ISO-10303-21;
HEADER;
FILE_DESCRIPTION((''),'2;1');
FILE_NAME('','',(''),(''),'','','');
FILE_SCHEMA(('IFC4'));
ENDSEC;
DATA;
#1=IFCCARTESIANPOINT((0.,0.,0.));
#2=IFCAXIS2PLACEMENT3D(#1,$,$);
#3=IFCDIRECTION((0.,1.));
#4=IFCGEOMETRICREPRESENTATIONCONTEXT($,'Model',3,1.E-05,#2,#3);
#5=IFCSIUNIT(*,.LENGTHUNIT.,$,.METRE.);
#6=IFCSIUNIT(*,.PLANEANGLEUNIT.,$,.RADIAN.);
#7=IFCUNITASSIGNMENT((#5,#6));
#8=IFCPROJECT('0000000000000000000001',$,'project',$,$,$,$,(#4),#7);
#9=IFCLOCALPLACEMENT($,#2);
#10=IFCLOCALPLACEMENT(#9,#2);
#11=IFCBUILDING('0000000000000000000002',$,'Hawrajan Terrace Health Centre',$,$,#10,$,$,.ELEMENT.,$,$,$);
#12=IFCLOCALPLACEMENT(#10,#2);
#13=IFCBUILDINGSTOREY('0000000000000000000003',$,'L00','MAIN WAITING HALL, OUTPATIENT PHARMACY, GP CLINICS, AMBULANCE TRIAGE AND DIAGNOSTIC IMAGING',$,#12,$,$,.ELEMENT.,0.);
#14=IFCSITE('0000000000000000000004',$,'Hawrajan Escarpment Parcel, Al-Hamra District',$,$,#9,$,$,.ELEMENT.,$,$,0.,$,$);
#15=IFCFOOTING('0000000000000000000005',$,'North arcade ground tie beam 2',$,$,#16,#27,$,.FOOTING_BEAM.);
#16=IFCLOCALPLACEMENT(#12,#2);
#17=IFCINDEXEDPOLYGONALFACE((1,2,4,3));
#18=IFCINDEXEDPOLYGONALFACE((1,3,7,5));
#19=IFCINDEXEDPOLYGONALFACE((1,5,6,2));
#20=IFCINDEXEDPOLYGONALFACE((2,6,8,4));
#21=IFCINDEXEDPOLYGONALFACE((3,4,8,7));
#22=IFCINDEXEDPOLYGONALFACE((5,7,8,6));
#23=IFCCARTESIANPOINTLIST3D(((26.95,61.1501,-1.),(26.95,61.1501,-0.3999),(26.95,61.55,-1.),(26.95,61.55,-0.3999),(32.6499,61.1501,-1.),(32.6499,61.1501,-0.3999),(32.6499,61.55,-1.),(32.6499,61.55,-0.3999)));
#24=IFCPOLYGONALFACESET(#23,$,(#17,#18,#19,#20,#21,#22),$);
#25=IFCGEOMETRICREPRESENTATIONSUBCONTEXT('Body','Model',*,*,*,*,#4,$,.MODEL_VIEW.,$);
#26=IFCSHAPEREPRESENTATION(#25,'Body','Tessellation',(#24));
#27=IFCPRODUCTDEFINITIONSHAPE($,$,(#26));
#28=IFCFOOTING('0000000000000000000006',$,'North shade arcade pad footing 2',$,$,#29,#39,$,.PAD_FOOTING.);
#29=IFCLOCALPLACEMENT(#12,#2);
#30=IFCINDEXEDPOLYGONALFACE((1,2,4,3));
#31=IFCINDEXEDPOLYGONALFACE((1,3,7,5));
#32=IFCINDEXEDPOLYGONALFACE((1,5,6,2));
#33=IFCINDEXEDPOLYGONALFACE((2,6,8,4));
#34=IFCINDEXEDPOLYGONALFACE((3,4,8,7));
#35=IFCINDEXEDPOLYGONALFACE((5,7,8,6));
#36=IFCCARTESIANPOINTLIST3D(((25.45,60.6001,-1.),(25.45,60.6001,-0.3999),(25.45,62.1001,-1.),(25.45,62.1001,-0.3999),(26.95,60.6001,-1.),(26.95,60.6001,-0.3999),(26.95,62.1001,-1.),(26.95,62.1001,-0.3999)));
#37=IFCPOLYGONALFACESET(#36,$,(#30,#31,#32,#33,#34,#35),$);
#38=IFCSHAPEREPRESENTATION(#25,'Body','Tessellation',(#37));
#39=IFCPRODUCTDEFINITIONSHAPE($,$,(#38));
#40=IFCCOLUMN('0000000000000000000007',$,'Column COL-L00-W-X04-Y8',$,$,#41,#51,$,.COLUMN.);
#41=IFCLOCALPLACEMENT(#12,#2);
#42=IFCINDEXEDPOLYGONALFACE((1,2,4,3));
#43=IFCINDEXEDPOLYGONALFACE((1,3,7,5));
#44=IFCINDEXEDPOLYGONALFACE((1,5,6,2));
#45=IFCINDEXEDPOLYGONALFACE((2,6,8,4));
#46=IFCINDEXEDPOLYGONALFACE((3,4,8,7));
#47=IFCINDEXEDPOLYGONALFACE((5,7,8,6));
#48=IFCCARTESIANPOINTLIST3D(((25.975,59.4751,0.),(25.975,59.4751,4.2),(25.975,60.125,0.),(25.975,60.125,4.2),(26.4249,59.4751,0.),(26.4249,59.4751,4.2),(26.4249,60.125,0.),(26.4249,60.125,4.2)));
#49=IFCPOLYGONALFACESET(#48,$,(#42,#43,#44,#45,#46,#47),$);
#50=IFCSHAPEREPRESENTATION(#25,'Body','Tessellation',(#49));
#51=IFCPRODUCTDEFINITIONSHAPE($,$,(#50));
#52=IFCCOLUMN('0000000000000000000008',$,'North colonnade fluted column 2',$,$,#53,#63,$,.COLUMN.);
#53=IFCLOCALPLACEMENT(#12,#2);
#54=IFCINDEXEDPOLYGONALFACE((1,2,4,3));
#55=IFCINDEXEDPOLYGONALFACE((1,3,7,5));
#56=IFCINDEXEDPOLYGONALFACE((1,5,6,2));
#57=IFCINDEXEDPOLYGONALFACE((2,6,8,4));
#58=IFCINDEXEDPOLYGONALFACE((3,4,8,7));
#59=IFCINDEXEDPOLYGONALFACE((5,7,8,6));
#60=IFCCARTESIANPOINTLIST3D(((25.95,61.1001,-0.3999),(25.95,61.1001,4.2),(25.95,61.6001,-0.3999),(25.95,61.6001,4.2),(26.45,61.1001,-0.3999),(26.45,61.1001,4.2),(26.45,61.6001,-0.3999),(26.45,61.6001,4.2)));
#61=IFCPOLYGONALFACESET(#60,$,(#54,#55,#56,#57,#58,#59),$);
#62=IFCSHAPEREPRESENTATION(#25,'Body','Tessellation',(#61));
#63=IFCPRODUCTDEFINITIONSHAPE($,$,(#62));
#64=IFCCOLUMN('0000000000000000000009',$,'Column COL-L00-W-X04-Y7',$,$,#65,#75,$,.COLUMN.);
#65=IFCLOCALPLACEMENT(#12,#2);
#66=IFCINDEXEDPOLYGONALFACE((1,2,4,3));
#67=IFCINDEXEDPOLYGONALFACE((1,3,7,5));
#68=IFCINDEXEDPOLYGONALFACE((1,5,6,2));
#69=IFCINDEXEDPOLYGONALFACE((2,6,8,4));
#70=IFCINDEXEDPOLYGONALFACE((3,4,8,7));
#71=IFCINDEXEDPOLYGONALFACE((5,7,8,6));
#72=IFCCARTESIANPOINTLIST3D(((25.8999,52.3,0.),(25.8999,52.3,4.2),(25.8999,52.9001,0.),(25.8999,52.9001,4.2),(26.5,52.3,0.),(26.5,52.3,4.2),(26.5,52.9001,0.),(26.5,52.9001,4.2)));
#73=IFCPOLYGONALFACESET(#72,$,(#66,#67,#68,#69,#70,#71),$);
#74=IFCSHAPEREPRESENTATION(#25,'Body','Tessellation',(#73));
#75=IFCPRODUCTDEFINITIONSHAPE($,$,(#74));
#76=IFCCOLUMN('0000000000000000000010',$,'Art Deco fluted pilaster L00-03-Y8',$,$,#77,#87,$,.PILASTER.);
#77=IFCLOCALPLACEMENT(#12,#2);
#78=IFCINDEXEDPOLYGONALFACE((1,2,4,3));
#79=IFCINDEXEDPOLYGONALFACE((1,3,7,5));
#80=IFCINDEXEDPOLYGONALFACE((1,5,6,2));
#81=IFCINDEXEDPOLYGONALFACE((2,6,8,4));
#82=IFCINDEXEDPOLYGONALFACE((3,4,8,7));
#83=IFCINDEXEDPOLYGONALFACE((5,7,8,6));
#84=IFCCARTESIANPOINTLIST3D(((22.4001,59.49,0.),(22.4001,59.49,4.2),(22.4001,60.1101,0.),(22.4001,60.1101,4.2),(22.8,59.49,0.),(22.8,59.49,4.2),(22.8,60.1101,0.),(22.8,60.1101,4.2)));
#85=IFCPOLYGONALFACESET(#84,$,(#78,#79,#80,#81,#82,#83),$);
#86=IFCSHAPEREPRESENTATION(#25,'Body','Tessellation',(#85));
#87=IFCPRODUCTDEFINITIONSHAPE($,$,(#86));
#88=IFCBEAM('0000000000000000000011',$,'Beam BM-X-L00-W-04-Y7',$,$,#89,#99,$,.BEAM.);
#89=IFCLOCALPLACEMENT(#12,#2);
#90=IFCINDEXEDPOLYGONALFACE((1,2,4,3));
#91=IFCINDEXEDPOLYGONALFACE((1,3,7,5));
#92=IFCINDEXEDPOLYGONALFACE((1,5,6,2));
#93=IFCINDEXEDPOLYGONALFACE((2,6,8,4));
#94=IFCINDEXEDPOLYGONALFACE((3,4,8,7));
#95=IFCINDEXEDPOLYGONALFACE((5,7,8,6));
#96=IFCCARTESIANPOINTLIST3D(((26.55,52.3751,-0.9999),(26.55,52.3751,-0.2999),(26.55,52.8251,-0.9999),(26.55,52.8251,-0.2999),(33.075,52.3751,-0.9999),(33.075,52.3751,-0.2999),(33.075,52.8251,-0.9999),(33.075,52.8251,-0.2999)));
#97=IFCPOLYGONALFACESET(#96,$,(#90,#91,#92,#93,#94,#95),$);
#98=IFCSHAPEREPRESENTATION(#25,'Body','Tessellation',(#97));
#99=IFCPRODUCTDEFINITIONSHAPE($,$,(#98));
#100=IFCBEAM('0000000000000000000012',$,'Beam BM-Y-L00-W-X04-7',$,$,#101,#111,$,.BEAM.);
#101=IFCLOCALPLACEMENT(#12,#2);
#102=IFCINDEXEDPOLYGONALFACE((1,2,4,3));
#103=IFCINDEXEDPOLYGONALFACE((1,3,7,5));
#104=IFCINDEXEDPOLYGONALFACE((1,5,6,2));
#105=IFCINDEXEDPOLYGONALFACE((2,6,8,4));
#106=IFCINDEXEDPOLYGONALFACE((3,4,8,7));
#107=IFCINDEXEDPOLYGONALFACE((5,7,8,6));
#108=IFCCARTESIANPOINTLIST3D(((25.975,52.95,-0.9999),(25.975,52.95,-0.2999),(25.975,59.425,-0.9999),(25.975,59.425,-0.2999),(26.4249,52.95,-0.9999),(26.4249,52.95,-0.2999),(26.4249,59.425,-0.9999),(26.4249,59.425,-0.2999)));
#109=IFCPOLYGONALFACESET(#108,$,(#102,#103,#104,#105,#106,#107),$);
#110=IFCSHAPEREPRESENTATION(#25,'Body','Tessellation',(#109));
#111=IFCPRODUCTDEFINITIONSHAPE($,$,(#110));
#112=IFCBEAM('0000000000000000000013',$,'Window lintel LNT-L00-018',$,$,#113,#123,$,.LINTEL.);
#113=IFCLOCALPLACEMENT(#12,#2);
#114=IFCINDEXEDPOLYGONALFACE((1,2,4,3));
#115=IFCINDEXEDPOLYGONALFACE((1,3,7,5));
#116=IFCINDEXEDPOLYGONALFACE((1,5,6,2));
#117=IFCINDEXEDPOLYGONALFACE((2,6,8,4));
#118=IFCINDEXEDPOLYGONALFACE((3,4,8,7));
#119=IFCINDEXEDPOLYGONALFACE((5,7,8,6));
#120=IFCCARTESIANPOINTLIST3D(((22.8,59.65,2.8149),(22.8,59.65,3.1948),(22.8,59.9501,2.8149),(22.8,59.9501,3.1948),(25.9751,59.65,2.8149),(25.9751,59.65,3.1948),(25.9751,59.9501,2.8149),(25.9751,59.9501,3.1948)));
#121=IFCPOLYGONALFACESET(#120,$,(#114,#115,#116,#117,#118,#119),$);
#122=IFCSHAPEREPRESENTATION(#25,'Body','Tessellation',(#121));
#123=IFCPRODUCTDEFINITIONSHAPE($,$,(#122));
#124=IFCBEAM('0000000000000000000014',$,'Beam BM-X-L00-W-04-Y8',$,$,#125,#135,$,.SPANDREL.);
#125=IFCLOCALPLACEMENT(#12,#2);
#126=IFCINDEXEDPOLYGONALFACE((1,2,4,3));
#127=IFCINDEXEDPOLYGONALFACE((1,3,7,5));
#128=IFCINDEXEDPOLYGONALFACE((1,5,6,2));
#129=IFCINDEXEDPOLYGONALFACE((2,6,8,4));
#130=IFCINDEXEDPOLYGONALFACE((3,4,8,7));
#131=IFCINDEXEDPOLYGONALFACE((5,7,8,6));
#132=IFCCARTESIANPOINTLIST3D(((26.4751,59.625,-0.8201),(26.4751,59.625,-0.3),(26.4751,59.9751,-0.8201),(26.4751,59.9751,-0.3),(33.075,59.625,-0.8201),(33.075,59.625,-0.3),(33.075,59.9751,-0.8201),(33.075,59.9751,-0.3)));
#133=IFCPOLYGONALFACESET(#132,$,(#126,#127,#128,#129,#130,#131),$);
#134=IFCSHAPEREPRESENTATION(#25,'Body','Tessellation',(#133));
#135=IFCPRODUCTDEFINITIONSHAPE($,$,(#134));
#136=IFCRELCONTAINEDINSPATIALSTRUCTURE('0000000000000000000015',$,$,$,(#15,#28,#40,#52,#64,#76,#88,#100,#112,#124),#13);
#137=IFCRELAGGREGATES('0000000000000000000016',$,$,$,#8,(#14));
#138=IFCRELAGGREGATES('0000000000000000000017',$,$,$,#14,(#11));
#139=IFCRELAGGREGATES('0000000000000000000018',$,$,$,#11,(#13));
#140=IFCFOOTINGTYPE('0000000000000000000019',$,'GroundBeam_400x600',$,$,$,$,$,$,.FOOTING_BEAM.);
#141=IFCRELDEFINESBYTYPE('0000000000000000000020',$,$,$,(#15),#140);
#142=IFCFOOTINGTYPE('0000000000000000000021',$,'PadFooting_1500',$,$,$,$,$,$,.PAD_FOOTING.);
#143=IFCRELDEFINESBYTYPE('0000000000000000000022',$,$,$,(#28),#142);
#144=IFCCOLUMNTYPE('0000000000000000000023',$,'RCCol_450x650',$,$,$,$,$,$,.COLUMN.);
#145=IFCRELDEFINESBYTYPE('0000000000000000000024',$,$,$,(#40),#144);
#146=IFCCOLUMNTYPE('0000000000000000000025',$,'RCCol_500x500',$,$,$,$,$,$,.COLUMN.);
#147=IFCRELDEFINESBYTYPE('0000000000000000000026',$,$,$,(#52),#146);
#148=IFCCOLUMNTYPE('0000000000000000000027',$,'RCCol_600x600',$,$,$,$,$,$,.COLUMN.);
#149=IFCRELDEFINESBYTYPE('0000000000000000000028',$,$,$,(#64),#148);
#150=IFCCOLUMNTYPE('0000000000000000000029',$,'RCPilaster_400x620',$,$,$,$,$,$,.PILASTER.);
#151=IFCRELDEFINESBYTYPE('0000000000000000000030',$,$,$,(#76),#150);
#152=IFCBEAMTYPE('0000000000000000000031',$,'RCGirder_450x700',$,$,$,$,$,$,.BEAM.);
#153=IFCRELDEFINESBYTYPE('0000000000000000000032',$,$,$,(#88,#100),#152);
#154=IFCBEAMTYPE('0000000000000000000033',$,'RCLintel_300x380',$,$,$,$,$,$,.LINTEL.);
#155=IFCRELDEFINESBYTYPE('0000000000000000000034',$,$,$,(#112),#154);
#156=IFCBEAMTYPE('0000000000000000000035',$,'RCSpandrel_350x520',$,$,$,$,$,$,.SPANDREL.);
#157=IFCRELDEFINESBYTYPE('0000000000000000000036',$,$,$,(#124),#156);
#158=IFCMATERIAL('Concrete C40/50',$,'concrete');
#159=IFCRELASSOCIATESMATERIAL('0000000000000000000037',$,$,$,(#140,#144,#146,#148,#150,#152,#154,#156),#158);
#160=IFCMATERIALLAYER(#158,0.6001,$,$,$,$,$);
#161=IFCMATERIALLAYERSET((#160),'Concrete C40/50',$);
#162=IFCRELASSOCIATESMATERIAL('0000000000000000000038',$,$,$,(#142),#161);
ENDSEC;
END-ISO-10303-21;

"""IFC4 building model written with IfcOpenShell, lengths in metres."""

from ifc_helpers import new_model, si_unit, direction, frame, origin, origin_2d, place, context, subcontext, project, spatial, rectangle, extrude, material, layer, layer_set, material_profile, profile_set, type_object, element, save


model = new_model("IFC4")

# Units and contexts
model_context = context("Model", 3, precision=1e-05, world=origin(), true_north=direction((0.0, 1.0)))
body_context = subcontext(model_context, "Body", "Model", "MODEL_VIEW")
ifc_project = project(units=[si_unit("LENGTHUNIT", "METRE"), si_unit("PLANEANGLEUNIT", "RADIAN")], contexts=[model_context])

# Site, building, storey
site_placement = place(None, origin())
site = spatial("IfcSite", under=ifc_project, at=site_placement, Name="Hawrajan Escarpment Parcel, Al-Hamra District", CompositionType="ELEMENT", RefElevation=0.0)
building_placement = place(site_placement, origin())
building = spatial("IfcBuilding", under=site, at=building_placement, Name="Hawrajan Terrace Health Centre", CompositionType="ELEMENT")
storey_placement = place(building_placement, origin())
storey = spatial("IfcBuildingStorey", under=building, at=storey_placement, Name="L00", Description="MAIN WAITING HALL, OUTPATIENT PHARMACY, GP CLINICS, AMBULANCE TRIAGE AND DIAGNOSTIC IMAGING", CompositionType="ELEMENT", Elevation=0.0)

# Footings
ifc_material_1 = material(Name="Concrete C40/50", Category="concrete")
ifc_material_profile_1 = material_profile(ifc_material_1, rectangle(XDim=0.3999, YDim=0.6001, at=origin_2d()), Name="RC BM 400x600")
ifc_profile_set_1 = profile_set([ifc_material_profile_1], Name="Concrete C40/50")
footing_type_1 = type_object("IfcFootingType", Name="GroundBeam_400x600", PredefinedType="FOOTING_BEAM", material=ifc_profile_set_1)
footing_1_placement = place(storey_placement, frame((26.95, 61.3501, -0.7), z_axis=(1.0, 0.0, 0.0), x_axis=(0.0, 1.0, 0.0)))
element("IfcFooting", 1, at=footing_1_placement, inside=storey, type_object=footing_type_1, Name="North arcade ground tie beam 2", PredefinedType="FOOTING_BEAM", context=body_context, shape_type="SweptSolid", body=[
    extrude(rectangle(XDim=0.3999, YDim=0.6001, at=origin_2d()), origin(), (0.0, 0.0, 1.0), 5.7),
])
ifc_layer_1 = layer(ifc_material_1, 0.6001)
ifc_layer_set_1 = layer_set([ifc_layer_1], Name="Concrete C40/50")
footing_type_2 = type_object("IfcFootingType", Name="PadFooting_1500", PredefinedType="PAD_FOOTING", material=ifc_layer_set_1)
footing_2_placement = place(storey_placement, frame((26.2, 61.3501, -1.0), z_axis=(0.0, 0.0, 1.0), x_axis=(1.0, 0.0, 0.0)))
element("IfcFooting", 2, at=footing_2_placement, inside=storey, type_object=footing_type_2, Name="North shade arcade pad footing 2", PredefinedType="PAD_FOOTING", context=body_context, shape_type="SweptSolid", body=[
    extrude(rectangle(XDim=1.5, YDim=1.5, at=origin_2d()), origin(), (0.0, 0.0, 1.0), 0.6001),
])

# Columns
ifc_material_profile_2 = material_profile(ifc_material_1, rectangle(XDim=0.45, YDim=0.6499, at=origin_2d()), Name="RC 450x650")
ifc_profile_set_2 = profile_set([ifc_material_profile_2], Name="Concrete C40/50")
column_type_1 = type_object("IfcColumnType", Name="RCCol_450x650", PredefinedType="COLUMN", material=ifc_profile_set_2)
column_1_placement = place(storey_placement, frame((26.2, 59.8, 0.0), z_axis=(0.0, 0.0, 1.0), x_axis=(1.0, 0.0, 0.0)))
element("IfcColumn", 3, at=column_1_placement, inside=storey, type_object=column_type_1, Name="Column COL-L00-W-X04-Y8", PredefinedType="COLUMN", context=body_context, shape_type="SweptSolid", body=[
    extrude(rectangle(XDim=0.45, YDim=0.6499, at=origin_2d()), origin(), (0.0, 0.0, 1.0), 4.2),
])
ifc_material_profile_3 = material_profile(ifc_material_1, rectangle(XDim=0.5, YDim=0.5, at=origin_2d()), Name="RC 500x500")
ifc_profile_set_3 = profile_set([ifc_material_profile_3], Name="Concrete C40/50")
column_type_2 = type_object("IfcColumnType", Name="RCCol_500x500", PredefinedType="COLUMN", material=ifc_profile_set_3)
column_2_placement = place(storey_placement, frame((26.2, 61.3501, -0.3999), z_axis=(0.0, 0.0, 1.0), x_axis=(1.0, 0.0, 0.0)))
element("IfcColumn", 4, at=column_2_placement, inside=storey, type_object=column_type_2, Name="North colonnade fluted column 2", PredefinedType="COLUMN", context=body_context, shape_type="SweptSolid", body=[
    extrude(rectangle(XDim=0.5, YDim=0.5, at=origin_2d()), origin(), (0.0, 0.0, 1.0), 4.5999),
])
ifc_material_profile_4 = material_profile(ifc_material_1, rectangle(XDim=0.6001, YDim=0.6001, at=origin_2d()), Name="RC 600x600")
ifc_profile_set_4 = profile_set([ifc_material_profile_4], Name="Concrete C40/50")
column_type_3 = type_object("IfcColumnType", Name="RCCol_600x600", PredefinedType="COLUMN", material=ifc_profile_set_4)
column_3_placement = place(storey_placement, frame((26.2, 52.6001, 0.0), z_axis=(0.0, 0.0, 1.0), x_axis=(1.0, 0.0, 0.0)))
element("IfcColumn", 5, at=column_3_placement, inside=storey, type_object=column_type_3, Name="Column COL-L00-W-X04-Y7", PredefinedType="COLUMN", context=body_context, shape_type="SweptSolid", body=[
    extrude(rectangle(XDim=0.6001, YDim=0.6001, at=origin_2d()), origin(), (0.0, 0.0, 1.0), 4.2),
])
ifc_material_profile_5 = material_profile(ifc_material_1, rectangle(XDim=0.3999, YDim=0.6201, at=origin_2d()), Name="RC PIL 400x620")
ifc_profile_set_5 = profile_set([ifc_material_profile_5], Name="Concrete C40/50")
column_type_4 = type_object("IfcColumnType", Name="RCPilaster_400x620", PredefinedType="PILASTER", material=ifc_profile_set_5)
column_4_placement = place(storey_placement, frame((22.6001, 59.8, 0.0), z_axis=(0.0, 0.0, 1.0), x_axis=(1.0, 0.0, 0.0)))
element("IfcColumn", 6, at=column_4_placement, inside=storey, type_object=column_type_4, Name="Art Deco fluted pilaster L00-03-Y8", PredefinedType="PILASTER", context=body_context, shape_type="SweptSolid", body=[
    extrude(rectangle(XDim=0.3999, YDim=0.6201, at=origin_2d()), origin(), (0.0, 0.0, 1.0), 4.2),
])

# Beams
ifc_material_profile_6 = material_profile(ifc_material_1, rectangle(XDim=0.45, YDim=0.7, at=origin_2d()), Name="RC BM 450x700")
ifc_profile_set_6 = profile_set([ifc_material_profile_6], Name="Concrete C40/50")
beam_type_1 = type_object("IfcBeamType", Name="RCGirder_450x700", PredefinedType="BEAM", material=ifc_profile_set_6)
beam_1_placement = place(storey_placement, frame((26.55, 52.6001, -0.6499), z_axis=(1.0, 0.0, 0.0), x_axis=(0.0, 1.0, 0.0)))
element("IfcBeam", 7, at=beam_1_placement, inside=storey, type_object=beam_type_1, Name="Beam BM-X-L00-W-04-Y7", PredefinedType="BEAM", context=body_context, shape_type="SweptSolid", body=[
    extrude(rectangle(XDim=0.45, YDim=0.7, at=origin_2d()), origin(), (0.0, 0.0, 1.0), 6.5249),
])
beam_2_placement = place(storey_placement, frame((26.2, 52.95, -0.6499), z_axis=(0.0, 1.0, 0.0), x_axis=(-1.0, 0.0, 0.0)))
element("IfcBeam", 8, at=beam_2_placement, inside=storey, type_object=beam_type_1, Name="Beam BM-Y-L00-W-X04-7", PredefinedType="BEAM", context=body_context, shape_type="SweptSolid", body=[
    extrude(rectangle(XDim=0.45, YDim=0.7, at=origin_2d()), origin(), (0.0, 0.0, 1.0), 6.4751),
])
ifc_material_profile_7 = material_profile(ifc_material_1, rectangle(XDim=0.3, YDim=0.3799, at=origin_2d()), Name="RC LN 300x380")
ifc_profile_set_7 = profile_set([ifc_material_profile_7], Name="Concrete C40/50")
beam_type_2 = type_object("IfcBeamType", Name="RCLintel_300x380", PredefinedType="LINTEL", material=ifc_profile_set_7)
beam_3_placement = place(storey_placement, frame((22.8, 59.8, 3.0049), z_axis=(1.0, 0.0, 0.0), x_axis=(0.0, 1.0, 0.0)))
element("IfcBeam", 9, at=beam_3_placement, inside=storey, type_object=beam_type_2, Name="Window lintel LNT-L00-018", PredefinedType="LINTEL", context=body_context, shape_type="SweptSolid", body=[
    extrude(rectangle(XDim=0.3, YDim=0.3799, at=origin_2d()), origin(), (0.0, 0.0, 1.0), 3.175),
])
ifc_material_profile_8 = material_profile(ifc_material_1, rectangle(XDim=0.3501, YDim=0.52, at=origin_2d()), Name="RC SP 350x520")
ifc_profile_set_8 = profile_set([ifc_material_profile_8], Name="Concrete C40/50")
beam_type_3 = type_object("IfcBeamType", Name="RCSpandrel_350x520", PredefinedType="SPANDREL", material=ifc_profile_set_8)
beam_4_placement = place(storey_placement, frame((26.4751, 59.8, -0.5601), z_axis=(1.0, 0.0, 0.0), x_axis=(0.0, 1.0, 0.0)))
element("IfcBeam", 10, at=beam_4_placement, inside=storey, type_object=beam_type_3, Name="Beam BM-X-L00-W-04-Y8", PredefinedType="SPANDREL", context=body_context, shape_type="SweptSolid", body=[
    extrude(rectangle(XDim=0.3501, YDim=0.52, at=origin_2d()), origin(), (0.0, 0.0, 1.0), 6.5999),
])

save(model, "model.ifc")
